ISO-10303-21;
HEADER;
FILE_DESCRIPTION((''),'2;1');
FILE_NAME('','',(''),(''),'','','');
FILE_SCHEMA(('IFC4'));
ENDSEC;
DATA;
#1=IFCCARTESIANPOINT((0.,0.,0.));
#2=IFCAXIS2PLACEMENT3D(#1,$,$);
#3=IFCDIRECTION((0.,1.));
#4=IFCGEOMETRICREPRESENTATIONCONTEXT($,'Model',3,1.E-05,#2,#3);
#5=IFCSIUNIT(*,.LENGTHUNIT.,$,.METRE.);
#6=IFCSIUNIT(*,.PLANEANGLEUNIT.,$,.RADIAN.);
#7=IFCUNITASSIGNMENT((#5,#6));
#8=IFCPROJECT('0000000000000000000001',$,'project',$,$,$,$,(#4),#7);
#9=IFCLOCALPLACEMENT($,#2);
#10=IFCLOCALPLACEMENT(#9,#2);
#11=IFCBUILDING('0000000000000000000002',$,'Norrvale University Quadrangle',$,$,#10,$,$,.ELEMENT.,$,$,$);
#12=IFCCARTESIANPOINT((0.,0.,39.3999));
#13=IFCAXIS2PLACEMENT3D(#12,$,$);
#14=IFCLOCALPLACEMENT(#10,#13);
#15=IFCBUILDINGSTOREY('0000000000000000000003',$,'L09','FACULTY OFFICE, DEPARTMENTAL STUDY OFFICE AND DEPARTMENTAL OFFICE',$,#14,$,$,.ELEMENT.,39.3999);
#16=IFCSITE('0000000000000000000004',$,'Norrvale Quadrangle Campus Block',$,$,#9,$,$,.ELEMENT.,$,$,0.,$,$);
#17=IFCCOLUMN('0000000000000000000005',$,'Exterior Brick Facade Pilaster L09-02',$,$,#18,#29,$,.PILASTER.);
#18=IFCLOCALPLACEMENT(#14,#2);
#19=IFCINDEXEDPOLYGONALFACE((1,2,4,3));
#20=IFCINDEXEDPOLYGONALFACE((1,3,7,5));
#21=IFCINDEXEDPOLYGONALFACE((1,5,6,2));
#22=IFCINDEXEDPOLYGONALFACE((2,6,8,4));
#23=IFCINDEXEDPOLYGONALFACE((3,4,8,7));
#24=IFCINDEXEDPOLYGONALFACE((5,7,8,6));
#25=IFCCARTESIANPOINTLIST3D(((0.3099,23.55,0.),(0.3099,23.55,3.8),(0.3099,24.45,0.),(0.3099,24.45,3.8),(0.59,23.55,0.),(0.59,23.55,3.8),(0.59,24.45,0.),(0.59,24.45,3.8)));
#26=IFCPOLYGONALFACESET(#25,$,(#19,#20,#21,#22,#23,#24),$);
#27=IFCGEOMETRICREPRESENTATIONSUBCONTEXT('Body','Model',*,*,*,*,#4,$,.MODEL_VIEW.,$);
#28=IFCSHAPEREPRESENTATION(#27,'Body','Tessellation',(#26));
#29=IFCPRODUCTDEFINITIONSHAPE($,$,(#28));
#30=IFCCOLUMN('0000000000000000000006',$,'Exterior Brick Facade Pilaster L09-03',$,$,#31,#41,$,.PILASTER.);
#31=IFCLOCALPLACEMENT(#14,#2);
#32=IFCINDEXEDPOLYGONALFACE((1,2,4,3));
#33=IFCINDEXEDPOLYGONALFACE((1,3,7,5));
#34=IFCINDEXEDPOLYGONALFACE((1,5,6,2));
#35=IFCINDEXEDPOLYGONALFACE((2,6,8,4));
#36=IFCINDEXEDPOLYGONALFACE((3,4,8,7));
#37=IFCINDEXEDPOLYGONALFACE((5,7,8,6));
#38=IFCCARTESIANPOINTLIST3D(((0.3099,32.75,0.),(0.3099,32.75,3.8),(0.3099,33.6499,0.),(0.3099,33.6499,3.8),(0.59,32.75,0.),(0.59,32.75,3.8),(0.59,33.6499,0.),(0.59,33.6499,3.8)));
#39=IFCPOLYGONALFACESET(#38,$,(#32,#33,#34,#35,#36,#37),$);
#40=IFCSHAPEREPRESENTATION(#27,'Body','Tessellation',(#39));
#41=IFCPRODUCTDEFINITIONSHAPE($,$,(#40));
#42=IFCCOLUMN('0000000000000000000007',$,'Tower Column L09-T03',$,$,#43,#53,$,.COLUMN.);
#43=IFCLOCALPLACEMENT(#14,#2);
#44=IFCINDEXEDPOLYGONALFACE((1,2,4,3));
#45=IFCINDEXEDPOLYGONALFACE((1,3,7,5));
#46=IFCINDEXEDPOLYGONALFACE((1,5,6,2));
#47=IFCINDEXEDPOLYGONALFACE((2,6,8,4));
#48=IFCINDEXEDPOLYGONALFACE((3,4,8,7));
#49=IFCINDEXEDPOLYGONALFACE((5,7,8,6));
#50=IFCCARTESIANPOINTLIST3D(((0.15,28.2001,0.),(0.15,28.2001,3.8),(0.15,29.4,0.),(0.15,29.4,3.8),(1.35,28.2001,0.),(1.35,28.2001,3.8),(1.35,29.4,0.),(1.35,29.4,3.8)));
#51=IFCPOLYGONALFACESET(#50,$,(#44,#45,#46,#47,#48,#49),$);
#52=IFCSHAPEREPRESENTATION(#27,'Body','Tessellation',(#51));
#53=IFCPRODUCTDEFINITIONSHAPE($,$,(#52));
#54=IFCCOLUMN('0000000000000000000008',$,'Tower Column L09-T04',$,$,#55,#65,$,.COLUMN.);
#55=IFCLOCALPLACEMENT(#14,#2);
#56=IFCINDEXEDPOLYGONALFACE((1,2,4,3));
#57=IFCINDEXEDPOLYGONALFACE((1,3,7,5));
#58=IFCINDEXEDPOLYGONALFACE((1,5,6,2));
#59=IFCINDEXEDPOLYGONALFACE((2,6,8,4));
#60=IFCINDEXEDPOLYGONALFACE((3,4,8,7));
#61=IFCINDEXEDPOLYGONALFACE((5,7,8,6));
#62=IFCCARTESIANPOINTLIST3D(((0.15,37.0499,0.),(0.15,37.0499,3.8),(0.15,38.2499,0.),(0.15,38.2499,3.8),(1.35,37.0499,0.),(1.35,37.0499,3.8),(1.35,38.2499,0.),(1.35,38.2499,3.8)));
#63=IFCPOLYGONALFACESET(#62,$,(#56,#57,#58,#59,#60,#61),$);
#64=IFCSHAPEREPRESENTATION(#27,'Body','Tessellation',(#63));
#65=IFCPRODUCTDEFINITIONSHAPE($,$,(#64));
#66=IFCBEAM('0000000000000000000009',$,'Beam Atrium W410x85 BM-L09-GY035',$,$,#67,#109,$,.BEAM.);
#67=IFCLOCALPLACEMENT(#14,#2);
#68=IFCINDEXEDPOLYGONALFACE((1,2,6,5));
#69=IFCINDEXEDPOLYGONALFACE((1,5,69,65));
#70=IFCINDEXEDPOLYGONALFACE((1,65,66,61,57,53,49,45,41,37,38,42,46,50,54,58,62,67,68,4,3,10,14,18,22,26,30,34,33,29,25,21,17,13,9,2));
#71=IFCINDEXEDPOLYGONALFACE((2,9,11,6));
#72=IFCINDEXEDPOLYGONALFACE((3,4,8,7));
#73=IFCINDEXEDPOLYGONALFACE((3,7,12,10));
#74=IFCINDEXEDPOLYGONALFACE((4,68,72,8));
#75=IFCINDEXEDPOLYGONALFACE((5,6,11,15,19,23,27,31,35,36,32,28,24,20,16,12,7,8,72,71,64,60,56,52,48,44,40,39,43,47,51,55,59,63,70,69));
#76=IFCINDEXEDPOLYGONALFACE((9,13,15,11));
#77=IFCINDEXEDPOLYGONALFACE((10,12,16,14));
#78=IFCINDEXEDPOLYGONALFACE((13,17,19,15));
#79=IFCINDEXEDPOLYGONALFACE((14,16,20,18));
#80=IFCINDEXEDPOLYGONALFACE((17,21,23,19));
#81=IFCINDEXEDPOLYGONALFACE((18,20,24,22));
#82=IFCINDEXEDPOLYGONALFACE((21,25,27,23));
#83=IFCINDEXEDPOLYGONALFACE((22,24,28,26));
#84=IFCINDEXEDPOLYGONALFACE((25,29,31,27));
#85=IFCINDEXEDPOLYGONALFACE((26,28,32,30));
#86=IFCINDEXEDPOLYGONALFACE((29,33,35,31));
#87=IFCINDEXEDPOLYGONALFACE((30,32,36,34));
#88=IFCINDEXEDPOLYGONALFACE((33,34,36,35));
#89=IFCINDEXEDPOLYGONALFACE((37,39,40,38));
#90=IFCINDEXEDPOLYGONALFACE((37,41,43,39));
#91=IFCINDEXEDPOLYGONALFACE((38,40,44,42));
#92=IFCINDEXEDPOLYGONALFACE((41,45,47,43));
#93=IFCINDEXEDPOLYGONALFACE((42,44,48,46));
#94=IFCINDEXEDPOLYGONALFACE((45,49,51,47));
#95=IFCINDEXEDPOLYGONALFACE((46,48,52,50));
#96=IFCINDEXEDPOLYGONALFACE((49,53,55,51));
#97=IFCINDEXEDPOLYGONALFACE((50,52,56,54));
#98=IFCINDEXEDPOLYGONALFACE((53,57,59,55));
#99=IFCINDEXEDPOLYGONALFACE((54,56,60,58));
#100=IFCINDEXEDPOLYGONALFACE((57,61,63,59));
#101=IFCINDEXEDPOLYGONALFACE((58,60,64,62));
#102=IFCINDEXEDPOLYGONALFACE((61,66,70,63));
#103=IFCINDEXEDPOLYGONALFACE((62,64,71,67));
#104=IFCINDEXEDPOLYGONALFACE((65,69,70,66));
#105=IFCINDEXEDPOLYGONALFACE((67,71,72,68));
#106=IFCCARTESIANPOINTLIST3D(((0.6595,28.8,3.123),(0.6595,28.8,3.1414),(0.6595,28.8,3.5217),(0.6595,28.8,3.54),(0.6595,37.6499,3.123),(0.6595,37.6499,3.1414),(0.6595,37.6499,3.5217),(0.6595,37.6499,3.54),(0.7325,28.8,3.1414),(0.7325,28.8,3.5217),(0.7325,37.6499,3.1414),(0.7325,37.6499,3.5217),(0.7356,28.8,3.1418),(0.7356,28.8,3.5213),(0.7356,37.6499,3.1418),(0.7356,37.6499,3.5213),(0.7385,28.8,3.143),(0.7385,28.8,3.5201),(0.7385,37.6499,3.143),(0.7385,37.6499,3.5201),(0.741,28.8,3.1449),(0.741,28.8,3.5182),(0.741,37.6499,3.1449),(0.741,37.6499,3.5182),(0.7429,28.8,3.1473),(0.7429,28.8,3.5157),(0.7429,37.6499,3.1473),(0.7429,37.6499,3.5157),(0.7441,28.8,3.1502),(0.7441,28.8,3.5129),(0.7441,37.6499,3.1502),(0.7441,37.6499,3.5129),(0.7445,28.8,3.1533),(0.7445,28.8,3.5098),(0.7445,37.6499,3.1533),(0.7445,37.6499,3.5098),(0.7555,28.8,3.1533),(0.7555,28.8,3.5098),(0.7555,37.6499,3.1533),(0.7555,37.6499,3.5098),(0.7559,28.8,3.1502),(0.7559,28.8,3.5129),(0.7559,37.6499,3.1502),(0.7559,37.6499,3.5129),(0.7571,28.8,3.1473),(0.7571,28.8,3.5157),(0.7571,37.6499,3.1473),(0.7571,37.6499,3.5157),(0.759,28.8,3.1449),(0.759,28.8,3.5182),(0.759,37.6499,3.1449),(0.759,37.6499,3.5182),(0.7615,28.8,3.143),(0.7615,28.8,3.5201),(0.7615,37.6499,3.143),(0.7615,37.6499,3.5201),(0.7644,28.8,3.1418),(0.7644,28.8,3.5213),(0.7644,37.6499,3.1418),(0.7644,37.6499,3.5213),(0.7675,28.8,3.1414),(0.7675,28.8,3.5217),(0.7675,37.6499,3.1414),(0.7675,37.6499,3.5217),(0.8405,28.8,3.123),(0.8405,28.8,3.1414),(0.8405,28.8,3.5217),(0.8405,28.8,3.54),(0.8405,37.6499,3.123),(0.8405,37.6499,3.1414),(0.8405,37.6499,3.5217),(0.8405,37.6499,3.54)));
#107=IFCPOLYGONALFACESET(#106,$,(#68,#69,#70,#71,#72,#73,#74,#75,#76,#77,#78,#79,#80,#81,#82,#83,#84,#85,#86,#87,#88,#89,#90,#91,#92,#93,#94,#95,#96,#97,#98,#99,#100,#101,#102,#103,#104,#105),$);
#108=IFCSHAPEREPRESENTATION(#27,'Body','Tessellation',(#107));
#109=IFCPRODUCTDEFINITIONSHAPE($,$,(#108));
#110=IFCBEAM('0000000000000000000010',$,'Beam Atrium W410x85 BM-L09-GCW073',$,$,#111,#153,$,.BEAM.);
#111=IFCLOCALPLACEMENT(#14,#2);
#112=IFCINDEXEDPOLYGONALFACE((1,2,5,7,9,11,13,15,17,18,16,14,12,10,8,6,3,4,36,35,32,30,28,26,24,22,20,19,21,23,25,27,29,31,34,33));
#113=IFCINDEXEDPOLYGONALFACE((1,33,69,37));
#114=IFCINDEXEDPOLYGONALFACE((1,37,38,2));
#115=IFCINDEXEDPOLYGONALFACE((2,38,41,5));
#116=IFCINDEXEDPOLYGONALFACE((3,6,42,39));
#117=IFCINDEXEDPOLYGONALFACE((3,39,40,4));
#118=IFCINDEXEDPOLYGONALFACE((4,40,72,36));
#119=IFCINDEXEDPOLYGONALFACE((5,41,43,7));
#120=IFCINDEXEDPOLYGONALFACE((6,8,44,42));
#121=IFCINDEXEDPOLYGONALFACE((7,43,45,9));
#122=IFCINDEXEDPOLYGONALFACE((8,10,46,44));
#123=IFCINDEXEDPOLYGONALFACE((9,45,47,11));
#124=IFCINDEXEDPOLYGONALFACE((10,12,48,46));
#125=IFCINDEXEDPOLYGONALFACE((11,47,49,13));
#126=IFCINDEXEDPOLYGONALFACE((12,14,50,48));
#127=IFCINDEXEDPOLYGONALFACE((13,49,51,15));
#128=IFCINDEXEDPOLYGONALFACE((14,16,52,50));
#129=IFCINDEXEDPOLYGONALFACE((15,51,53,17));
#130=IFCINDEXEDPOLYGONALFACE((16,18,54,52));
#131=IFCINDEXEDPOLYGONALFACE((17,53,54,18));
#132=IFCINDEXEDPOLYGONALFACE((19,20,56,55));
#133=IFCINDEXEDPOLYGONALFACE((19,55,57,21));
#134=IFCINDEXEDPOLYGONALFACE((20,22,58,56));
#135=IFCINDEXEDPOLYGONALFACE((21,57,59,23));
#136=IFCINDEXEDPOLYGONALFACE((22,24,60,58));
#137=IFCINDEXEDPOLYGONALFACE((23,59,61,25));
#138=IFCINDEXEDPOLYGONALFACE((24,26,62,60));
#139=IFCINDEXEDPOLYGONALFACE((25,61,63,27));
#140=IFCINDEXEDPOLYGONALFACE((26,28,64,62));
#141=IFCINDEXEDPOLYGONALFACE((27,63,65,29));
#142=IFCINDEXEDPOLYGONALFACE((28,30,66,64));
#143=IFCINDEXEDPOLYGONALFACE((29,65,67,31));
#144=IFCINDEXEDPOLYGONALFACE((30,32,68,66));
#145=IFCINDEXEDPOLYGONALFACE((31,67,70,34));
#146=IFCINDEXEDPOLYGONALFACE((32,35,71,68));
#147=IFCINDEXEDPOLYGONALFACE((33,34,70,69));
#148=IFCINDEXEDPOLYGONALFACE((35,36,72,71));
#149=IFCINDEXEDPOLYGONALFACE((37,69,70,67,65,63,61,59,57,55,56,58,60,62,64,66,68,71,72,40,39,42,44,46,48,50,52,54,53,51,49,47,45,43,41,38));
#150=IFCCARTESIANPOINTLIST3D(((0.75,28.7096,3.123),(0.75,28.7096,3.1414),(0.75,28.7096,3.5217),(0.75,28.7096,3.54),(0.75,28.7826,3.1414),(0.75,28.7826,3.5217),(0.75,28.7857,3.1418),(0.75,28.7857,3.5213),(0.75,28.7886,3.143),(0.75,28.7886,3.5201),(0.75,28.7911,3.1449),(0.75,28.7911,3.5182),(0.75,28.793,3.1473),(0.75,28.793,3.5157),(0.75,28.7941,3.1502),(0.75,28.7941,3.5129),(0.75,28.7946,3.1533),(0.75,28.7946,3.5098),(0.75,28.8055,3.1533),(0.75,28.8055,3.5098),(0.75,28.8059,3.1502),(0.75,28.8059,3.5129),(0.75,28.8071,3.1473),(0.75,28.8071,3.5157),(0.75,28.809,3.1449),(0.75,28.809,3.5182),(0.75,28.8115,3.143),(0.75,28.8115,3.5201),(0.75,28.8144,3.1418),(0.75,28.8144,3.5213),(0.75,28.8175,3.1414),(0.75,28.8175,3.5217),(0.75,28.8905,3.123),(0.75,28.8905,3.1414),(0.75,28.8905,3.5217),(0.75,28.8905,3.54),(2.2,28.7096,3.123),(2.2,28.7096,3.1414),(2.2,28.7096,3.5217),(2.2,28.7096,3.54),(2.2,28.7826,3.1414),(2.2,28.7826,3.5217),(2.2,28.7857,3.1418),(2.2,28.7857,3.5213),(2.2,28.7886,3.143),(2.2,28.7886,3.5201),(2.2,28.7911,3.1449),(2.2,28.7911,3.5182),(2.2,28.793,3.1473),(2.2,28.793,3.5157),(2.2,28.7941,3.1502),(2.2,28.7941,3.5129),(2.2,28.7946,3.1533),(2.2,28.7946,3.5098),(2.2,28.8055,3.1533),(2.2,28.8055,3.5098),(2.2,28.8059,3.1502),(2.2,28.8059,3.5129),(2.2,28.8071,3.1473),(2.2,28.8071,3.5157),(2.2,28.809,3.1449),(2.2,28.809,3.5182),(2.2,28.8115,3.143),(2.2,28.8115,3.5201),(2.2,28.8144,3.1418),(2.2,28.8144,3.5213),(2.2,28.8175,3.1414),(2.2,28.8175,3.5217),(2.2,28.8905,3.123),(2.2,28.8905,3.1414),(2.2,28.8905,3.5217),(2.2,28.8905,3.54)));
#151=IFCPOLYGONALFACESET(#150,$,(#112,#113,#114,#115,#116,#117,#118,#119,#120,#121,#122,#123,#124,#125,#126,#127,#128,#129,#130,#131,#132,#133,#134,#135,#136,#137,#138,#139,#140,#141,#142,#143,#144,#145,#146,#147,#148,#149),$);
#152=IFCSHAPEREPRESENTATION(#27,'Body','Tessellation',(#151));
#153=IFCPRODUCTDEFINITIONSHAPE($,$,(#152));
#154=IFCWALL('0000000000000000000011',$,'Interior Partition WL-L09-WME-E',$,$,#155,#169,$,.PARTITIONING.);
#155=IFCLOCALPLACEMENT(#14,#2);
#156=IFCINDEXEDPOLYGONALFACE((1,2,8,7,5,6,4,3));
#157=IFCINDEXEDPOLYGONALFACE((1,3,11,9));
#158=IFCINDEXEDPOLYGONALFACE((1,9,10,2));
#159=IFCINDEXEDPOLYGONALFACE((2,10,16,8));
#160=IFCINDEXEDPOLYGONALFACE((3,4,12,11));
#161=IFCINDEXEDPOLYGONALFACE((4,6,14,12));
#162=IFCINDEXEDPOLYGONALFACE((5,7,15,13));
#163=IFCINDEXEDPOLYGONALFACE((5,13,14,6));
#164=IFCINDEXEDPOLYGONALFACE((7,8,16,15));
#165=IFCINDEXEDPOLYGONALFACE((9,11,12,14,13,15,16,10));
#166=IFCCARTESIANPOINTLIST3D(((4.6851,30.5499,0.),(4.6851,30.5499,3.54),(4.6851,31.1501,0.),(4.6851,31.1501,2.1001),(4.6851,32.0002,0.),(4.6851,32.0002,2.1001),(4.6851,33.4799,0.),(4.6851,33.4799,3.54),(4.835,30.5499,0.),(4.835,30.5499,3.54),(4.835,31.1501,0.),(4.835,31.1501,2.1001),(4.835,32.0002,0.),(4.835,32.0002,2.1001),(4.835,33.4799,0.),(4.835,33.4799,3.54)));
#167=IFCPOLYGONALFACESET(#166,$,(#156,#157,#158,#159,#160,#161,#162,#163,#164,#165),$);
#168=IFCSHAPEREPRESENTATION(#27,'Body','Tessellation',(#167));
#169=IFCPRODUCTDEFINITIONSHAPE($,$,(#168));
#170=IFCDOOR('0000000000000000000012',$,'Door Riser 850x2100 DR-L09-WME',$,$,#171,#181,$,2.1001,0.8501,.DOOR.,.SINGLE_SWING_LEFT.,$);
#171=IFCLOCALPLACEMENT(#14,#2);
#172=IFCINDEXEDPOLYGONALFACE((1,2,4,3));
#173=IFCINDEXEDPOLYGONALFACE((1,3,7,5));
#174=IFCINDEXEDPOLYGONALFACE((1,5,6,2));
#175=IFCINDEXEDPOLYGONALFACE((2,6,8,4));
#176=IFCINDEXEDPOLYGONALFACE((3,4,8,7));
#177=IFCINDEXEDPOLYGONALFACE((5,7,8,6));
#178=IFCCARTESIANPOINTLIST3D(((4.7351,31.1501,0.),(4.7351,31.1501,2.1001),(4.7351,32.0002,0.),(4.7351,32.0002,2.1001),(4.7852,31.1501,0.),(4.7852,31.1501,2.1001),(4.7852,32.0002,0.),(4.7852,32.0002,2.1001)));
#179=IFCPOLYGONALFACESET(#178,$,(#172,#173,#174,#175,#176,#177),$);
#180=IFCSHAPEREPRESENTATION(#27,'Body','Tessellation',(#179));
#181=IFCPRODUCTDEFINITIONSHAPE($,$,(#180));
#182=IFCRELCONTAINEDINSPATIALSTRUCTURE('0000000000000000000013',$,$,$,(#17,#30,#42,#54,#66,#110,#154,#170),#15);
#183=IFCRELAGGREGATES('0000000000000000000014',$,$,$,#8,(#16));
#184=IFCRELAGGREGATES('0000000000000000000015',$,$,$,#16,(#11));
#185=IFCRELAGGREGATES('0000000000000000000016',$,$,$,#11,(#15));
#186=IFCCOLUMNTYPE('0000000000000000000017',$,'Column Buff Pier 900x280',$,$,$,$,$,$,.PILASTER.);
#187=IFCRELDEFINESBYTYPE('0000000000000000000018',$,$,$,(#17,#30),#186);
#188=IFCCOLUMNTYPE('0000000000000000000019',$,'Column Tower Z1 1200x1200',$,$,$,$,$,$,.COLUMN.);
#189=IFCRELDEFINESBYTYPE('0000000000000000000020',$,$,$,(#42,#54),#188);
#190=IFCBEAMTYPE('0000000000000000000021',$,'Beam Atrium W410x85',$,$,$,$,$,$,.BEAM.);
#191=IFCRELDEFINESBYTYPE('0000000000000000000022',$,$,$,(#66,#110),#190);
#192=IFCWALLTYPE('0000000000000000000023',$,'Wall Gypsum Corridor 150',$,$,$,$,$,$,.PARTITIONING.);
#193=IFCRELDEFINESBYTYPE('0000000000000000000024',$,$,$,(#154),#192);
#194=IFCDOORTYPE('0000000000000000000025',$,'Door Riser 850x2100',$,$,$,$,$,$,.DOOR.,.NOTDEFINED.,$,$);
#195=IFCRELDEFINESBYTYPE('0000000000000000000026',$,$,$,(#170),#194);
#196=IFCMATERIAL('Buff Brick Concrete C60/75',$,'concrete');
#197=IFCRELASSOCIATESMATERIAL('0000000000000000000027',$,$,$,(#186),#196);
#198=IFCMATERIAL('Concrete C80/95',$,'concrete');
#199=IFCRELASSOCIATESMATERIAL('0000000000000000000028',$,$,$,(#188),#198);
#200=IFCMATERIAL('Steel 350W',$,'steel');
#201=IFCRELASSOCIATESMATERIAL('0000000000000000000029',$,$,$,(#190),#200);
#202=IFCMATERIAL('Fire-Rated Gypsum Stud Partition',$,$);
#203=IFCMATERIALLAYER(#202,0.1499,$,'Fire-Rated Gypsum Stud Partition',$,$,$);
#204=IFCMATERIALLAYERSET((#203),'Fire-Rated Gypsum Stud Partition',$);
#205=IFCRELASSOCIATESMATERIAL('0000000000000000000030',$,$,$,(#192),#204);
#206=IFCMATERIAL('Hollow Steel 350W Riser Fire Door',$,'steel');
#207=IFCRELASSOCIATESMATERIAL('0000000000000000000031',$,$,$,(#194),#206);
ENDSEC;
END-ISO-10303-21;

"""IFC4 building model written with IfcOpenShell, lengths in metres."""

from ifc_helpers import new_model, si_unit, direction, frame, frame_2d, origin, origin_2d, place, context, subcontext, project, spatial, rectangle, i_section, extrude, material, layer, layer_set, material_profile, profile_set, type_object, element, fill, save


model = new_model("IFC4")

# Units and contexts
model_context = context("Model", 3, precision=1e-05, world=origin(), true_north=direction((0.0, 1.0)))
body_context = subcontext(model_context, "Body", "Model", "MODEL_VIEW")
ifc_project = project(units=[si_unit("LENGTHUNIT", "METRE"), si_unit("PLANEANGLEUNIT", "RADIAN")], contexts=[model_context])

# Site, building, storey
site_placement = place(None, origin())
site = spatial("IfcSite", under=ifc_project, at=site_placement, Name="Norrvale Quadrangle Campus Block", CompositionType="ELEMENT", RefElevation=0.0)
building_placement = place(site_placement, origin())
building = spatial("IfcBuilding", under=site, at=building_placement, Name="Norrvale University Quadrangle", CompositionType="ELEMENT")
storey_placement = place(building_placement, frame((0.0, 0.0, 39.3999)))
storey = spatial("IfcBuildingStorey", under=building, at=storey_placement, Name="L09", Description="FACULTY OFFICE, DEPARTMENTAL STUDY OFFICE AND DEPARTMENTAL OFFICE", CompositionType="ELEMENT", Elevation=39.3999)

# Columns
ifc_material_1 = material(Name="Buff Brick Concrete C60/75", Category="concrete")
ifc_material_profile_1 = material_profile(ifc_material_1, rectangle(XDim=0.8999, YDim=0.28, at=origin_2d()), Name="Buff Brick Concrete C60/75")
ifc_profile_set_1 = profile_set([ifc_material_profile_1], Name="Buff Brick Concrete C60/75")
column_type_1 = type_object("IfcColumnType", Name="Column Buff Pier 900x280", PredefinedType="PILASTER", material=ifc_profile_set_1)
for number, where, z_axis, x_axis, name in (
    (1, (0.45, 24.0, 0.0), (0.0, 0.0, 1.0), (0.0, 1.0, 0.0), "Exterior Brick Facade Pilaster L09-02"),
    (2, (0.45, 33.2, 0.0), (0.0, 0.0, 1.0), (0.0, 1.0, 0.0), "Exterior Brick Facade Pilaster L09-03"),
):
    element("IfcColumn", number, at=place(storey_placement, frame(where, z_axis=z_axis, x_axis=x_axis)), inside=storey, type_object=column_type_1, Name=name, PredefinedType="PILASTER", context=body_context, shape_type="SweptSolid", body=[
        extrude(rectangle(XDim=0.8999, YDim=0.28, at=origin_2d()), origin(), (0.0, 0.0, 1.0), 3.8),
    ])
ifc_material_2 = material(Name="Concrete C80/95", Category="concrete")
ifc_material_profile_2 = material_profile(ifc_material_2, rectangle(XDim=1.2, YDim=1.2, at=origin_2d()), Name="Concrete C80/95")
ifc_profile_set_2 = profile_set([ifc_material_profile_2], Name="Concrete C80/95")
column_type_2 = type_object("IfcColumnType", Name="Column Tower Z1 1200x1200", PredefinedType="COLUMN", material=ifc_profile_set_2)
for number, where, z_axis, x_axis, name in (
    (3, (0.75, 28.8, 0.0), (0.0, 0.0, 1.0), (1.0, 0.0, 0.0), "Tower Column L09-T03"),
    (4, (0.75, 37.6499, 0.0), (0.0, 0.0, 1.0), (1.0, 0.0, 0.0), "Tower Column L09-T04"),
):
    element("IfcColumn", number, at=place(storey_placement, frame(where, z_axis=z_axis, x_axis=x_axis)), inside=storey, type_object=column_type_2, Name=name, PredefinedType="COLUMN", context=body_context, shape_type="SweptSolid", body=[
        extrude(rectangle(XDim=1.2, YDim=1.2, at=origin_2d()), origin(), (0.0, 0.0, 1.0), 3.8),
    ])

# Beams
ifc_material_3 = material(Name="Steel 350W", Category="steel")
ifc_material_profile_3 = material_profile(ifc_material_3, i_section(OverallWidth=0.1809, OverallDepth=0.417, WebThickness=0.011, FlangeThickness=0.0183, FilletRadius=0.012, at=origin_2d()), Name="Steel 350W")
ifc_profile_set_3 = profile_set([ifc_material_profile_3], Name="Steel 350W")
beam_type = type_object("IfcBeamType", Name="Beam Atrium W410x85", PredefinedType="BEAM", material=ifc_profile_set_3)
beam_1_placement = place(storey_placement, frame((0.75, 28.8, 3.3315), z_axis=(0.0, 1.0, 0.0), x_axis=(-1.0, 0.0, 0.0)))
element("IfcBeam", 5, at=beam_1_placement, inside=storey, type_object=beam_type, Name="Beam Atrium W410x85 BM-L09-GY035", PredefinedType="BEAM", context=body_context, shape_type="SweptSolid", body=[
    extrude(i_section(OverallWidth=0.1809, OverallDepth=0.417, WebThickness=0.011, FlangeThickness=0.0183, FilletRadius=0.012, at=origin_2d()), origin(), (0.0, 0.0, 1.0), 8.8499),
])
beam_2_placement = place(storey_placement, frame((0.75, 28.8, 3.3315), z_axis=(1.0, 0.0, 0.0), x_axis=(0.0, 1.0, 0.0)))
element("IfcBeam", 6, at=beam_2_placement, inside=storey, type_object=beam_type, Name="Beam Atrium W410x85 BM-L09-GCW073", PredefinedType="BEAM", context=body_context, shape_type="SweptSolid", body=[
    extrude(i_section(OverallWidth=0.1809, OverallDepth=0.417, WebThickness=0.011, FlangeThickness=0.0183, FilletRadius=0.012, at=origin_2d()), origin(), (0.0, 0.0, 1.0), 1.45),
])

# Wall, opening, door
ifc_material_4 = material(Name="Fire-Rated Gypsum Stud Partition")
ifc_layer_1 = layer(ifc_material_4, 0.1499, Name="Fire-Rated Gypsum Stud Partition")
ifc_layer_set_1 = layer_set([ifc_layer_1], Name="Fire-Rated Gypsum Stud Partition")
wall_type_1 = type_object("IfcWallType", Name="Wall Gypsum Corridor 150", PredefinedType="PARTITIONING", material=ifc_layer_set_1)
wall_1_placement = place(storey_placement, frame((4.76, 30.55, 0.0), z_axis=(0.0, 0.0, 1.0), x_axis=(0.0, 1.0, 0.0)))
wall_1 = element("IfcWall", 7, at=wall_1_placement, inside=storey, type_object=wall_type_1, Name="Interior Partition WL-L09-WME-E", PredefinedType="PARTITIONING", context=body_context, shape_type="SweptSolid", body=[
    extrude(rectangle(XDim=2.9299, YDim=0.1499, at=frame_2d((1.4648, 0.0))), origin(), (0.0, 0.0, 1.0), 3.54),
])
opening_1_placement = place(wall_1_placement, frame((0.6001, 0.0, 0.0)))
opening_1 = element("IfcOpeningElement", 8, at=opening_1_placement, cuts=wall_1, PredefinedType="OPENING", context=body_context, shape_type="SweptSolid", body=[
    extrude(rectangle(XDim=0.8501, YDim=2.1001, at=frame_2d((0.425, 1.05))), frame((0.0, 0.0869, 0.0), z_axis=(0.0, -1.0, 0.0), x_axis=(1.0, 0.0, 0.0)), (0.0, 0.0, 1.0), 0.1738),
])
ifc_material_5 = material(Name="Hollow Steel 350W Riser Fire Door", Category="steel")
door_type_1 = type_object("IfcDoorType", Name="Door Riser 850x2100", OperationType="NOTDEFINED", PredefinedType="DOOR", material=ifc_material_5)
door_1_placement = place(opening_1_placement, origin())
door_1 = element("IfcDoor", 9, at=door_1_placement, inside=storey, type_object=door_type_1, Name="Door Riser 850x2100 DR-L09-WME", OperationType="SINGLE_SWING_LEFT", OverallHeight=2.1001, OverallWidth=0.8501, PredefinedType="DOOR", context=body_context, shape_type="SweptSolid", body=[
    extrude(rectangle(XDim=0.8501, YDim=2.1001, at=frame_2d((0.425, 1.05))), frame((0.0, 0.0249, 0.0), z_axis=(0.0, -1.0, 0.0), x_axis=(1.0, 0.0, 0.0)), (0.0, 0.0, 1.0), 0.05),
])
fill(opening_1, door_1)

save(model, "model.ifc")
